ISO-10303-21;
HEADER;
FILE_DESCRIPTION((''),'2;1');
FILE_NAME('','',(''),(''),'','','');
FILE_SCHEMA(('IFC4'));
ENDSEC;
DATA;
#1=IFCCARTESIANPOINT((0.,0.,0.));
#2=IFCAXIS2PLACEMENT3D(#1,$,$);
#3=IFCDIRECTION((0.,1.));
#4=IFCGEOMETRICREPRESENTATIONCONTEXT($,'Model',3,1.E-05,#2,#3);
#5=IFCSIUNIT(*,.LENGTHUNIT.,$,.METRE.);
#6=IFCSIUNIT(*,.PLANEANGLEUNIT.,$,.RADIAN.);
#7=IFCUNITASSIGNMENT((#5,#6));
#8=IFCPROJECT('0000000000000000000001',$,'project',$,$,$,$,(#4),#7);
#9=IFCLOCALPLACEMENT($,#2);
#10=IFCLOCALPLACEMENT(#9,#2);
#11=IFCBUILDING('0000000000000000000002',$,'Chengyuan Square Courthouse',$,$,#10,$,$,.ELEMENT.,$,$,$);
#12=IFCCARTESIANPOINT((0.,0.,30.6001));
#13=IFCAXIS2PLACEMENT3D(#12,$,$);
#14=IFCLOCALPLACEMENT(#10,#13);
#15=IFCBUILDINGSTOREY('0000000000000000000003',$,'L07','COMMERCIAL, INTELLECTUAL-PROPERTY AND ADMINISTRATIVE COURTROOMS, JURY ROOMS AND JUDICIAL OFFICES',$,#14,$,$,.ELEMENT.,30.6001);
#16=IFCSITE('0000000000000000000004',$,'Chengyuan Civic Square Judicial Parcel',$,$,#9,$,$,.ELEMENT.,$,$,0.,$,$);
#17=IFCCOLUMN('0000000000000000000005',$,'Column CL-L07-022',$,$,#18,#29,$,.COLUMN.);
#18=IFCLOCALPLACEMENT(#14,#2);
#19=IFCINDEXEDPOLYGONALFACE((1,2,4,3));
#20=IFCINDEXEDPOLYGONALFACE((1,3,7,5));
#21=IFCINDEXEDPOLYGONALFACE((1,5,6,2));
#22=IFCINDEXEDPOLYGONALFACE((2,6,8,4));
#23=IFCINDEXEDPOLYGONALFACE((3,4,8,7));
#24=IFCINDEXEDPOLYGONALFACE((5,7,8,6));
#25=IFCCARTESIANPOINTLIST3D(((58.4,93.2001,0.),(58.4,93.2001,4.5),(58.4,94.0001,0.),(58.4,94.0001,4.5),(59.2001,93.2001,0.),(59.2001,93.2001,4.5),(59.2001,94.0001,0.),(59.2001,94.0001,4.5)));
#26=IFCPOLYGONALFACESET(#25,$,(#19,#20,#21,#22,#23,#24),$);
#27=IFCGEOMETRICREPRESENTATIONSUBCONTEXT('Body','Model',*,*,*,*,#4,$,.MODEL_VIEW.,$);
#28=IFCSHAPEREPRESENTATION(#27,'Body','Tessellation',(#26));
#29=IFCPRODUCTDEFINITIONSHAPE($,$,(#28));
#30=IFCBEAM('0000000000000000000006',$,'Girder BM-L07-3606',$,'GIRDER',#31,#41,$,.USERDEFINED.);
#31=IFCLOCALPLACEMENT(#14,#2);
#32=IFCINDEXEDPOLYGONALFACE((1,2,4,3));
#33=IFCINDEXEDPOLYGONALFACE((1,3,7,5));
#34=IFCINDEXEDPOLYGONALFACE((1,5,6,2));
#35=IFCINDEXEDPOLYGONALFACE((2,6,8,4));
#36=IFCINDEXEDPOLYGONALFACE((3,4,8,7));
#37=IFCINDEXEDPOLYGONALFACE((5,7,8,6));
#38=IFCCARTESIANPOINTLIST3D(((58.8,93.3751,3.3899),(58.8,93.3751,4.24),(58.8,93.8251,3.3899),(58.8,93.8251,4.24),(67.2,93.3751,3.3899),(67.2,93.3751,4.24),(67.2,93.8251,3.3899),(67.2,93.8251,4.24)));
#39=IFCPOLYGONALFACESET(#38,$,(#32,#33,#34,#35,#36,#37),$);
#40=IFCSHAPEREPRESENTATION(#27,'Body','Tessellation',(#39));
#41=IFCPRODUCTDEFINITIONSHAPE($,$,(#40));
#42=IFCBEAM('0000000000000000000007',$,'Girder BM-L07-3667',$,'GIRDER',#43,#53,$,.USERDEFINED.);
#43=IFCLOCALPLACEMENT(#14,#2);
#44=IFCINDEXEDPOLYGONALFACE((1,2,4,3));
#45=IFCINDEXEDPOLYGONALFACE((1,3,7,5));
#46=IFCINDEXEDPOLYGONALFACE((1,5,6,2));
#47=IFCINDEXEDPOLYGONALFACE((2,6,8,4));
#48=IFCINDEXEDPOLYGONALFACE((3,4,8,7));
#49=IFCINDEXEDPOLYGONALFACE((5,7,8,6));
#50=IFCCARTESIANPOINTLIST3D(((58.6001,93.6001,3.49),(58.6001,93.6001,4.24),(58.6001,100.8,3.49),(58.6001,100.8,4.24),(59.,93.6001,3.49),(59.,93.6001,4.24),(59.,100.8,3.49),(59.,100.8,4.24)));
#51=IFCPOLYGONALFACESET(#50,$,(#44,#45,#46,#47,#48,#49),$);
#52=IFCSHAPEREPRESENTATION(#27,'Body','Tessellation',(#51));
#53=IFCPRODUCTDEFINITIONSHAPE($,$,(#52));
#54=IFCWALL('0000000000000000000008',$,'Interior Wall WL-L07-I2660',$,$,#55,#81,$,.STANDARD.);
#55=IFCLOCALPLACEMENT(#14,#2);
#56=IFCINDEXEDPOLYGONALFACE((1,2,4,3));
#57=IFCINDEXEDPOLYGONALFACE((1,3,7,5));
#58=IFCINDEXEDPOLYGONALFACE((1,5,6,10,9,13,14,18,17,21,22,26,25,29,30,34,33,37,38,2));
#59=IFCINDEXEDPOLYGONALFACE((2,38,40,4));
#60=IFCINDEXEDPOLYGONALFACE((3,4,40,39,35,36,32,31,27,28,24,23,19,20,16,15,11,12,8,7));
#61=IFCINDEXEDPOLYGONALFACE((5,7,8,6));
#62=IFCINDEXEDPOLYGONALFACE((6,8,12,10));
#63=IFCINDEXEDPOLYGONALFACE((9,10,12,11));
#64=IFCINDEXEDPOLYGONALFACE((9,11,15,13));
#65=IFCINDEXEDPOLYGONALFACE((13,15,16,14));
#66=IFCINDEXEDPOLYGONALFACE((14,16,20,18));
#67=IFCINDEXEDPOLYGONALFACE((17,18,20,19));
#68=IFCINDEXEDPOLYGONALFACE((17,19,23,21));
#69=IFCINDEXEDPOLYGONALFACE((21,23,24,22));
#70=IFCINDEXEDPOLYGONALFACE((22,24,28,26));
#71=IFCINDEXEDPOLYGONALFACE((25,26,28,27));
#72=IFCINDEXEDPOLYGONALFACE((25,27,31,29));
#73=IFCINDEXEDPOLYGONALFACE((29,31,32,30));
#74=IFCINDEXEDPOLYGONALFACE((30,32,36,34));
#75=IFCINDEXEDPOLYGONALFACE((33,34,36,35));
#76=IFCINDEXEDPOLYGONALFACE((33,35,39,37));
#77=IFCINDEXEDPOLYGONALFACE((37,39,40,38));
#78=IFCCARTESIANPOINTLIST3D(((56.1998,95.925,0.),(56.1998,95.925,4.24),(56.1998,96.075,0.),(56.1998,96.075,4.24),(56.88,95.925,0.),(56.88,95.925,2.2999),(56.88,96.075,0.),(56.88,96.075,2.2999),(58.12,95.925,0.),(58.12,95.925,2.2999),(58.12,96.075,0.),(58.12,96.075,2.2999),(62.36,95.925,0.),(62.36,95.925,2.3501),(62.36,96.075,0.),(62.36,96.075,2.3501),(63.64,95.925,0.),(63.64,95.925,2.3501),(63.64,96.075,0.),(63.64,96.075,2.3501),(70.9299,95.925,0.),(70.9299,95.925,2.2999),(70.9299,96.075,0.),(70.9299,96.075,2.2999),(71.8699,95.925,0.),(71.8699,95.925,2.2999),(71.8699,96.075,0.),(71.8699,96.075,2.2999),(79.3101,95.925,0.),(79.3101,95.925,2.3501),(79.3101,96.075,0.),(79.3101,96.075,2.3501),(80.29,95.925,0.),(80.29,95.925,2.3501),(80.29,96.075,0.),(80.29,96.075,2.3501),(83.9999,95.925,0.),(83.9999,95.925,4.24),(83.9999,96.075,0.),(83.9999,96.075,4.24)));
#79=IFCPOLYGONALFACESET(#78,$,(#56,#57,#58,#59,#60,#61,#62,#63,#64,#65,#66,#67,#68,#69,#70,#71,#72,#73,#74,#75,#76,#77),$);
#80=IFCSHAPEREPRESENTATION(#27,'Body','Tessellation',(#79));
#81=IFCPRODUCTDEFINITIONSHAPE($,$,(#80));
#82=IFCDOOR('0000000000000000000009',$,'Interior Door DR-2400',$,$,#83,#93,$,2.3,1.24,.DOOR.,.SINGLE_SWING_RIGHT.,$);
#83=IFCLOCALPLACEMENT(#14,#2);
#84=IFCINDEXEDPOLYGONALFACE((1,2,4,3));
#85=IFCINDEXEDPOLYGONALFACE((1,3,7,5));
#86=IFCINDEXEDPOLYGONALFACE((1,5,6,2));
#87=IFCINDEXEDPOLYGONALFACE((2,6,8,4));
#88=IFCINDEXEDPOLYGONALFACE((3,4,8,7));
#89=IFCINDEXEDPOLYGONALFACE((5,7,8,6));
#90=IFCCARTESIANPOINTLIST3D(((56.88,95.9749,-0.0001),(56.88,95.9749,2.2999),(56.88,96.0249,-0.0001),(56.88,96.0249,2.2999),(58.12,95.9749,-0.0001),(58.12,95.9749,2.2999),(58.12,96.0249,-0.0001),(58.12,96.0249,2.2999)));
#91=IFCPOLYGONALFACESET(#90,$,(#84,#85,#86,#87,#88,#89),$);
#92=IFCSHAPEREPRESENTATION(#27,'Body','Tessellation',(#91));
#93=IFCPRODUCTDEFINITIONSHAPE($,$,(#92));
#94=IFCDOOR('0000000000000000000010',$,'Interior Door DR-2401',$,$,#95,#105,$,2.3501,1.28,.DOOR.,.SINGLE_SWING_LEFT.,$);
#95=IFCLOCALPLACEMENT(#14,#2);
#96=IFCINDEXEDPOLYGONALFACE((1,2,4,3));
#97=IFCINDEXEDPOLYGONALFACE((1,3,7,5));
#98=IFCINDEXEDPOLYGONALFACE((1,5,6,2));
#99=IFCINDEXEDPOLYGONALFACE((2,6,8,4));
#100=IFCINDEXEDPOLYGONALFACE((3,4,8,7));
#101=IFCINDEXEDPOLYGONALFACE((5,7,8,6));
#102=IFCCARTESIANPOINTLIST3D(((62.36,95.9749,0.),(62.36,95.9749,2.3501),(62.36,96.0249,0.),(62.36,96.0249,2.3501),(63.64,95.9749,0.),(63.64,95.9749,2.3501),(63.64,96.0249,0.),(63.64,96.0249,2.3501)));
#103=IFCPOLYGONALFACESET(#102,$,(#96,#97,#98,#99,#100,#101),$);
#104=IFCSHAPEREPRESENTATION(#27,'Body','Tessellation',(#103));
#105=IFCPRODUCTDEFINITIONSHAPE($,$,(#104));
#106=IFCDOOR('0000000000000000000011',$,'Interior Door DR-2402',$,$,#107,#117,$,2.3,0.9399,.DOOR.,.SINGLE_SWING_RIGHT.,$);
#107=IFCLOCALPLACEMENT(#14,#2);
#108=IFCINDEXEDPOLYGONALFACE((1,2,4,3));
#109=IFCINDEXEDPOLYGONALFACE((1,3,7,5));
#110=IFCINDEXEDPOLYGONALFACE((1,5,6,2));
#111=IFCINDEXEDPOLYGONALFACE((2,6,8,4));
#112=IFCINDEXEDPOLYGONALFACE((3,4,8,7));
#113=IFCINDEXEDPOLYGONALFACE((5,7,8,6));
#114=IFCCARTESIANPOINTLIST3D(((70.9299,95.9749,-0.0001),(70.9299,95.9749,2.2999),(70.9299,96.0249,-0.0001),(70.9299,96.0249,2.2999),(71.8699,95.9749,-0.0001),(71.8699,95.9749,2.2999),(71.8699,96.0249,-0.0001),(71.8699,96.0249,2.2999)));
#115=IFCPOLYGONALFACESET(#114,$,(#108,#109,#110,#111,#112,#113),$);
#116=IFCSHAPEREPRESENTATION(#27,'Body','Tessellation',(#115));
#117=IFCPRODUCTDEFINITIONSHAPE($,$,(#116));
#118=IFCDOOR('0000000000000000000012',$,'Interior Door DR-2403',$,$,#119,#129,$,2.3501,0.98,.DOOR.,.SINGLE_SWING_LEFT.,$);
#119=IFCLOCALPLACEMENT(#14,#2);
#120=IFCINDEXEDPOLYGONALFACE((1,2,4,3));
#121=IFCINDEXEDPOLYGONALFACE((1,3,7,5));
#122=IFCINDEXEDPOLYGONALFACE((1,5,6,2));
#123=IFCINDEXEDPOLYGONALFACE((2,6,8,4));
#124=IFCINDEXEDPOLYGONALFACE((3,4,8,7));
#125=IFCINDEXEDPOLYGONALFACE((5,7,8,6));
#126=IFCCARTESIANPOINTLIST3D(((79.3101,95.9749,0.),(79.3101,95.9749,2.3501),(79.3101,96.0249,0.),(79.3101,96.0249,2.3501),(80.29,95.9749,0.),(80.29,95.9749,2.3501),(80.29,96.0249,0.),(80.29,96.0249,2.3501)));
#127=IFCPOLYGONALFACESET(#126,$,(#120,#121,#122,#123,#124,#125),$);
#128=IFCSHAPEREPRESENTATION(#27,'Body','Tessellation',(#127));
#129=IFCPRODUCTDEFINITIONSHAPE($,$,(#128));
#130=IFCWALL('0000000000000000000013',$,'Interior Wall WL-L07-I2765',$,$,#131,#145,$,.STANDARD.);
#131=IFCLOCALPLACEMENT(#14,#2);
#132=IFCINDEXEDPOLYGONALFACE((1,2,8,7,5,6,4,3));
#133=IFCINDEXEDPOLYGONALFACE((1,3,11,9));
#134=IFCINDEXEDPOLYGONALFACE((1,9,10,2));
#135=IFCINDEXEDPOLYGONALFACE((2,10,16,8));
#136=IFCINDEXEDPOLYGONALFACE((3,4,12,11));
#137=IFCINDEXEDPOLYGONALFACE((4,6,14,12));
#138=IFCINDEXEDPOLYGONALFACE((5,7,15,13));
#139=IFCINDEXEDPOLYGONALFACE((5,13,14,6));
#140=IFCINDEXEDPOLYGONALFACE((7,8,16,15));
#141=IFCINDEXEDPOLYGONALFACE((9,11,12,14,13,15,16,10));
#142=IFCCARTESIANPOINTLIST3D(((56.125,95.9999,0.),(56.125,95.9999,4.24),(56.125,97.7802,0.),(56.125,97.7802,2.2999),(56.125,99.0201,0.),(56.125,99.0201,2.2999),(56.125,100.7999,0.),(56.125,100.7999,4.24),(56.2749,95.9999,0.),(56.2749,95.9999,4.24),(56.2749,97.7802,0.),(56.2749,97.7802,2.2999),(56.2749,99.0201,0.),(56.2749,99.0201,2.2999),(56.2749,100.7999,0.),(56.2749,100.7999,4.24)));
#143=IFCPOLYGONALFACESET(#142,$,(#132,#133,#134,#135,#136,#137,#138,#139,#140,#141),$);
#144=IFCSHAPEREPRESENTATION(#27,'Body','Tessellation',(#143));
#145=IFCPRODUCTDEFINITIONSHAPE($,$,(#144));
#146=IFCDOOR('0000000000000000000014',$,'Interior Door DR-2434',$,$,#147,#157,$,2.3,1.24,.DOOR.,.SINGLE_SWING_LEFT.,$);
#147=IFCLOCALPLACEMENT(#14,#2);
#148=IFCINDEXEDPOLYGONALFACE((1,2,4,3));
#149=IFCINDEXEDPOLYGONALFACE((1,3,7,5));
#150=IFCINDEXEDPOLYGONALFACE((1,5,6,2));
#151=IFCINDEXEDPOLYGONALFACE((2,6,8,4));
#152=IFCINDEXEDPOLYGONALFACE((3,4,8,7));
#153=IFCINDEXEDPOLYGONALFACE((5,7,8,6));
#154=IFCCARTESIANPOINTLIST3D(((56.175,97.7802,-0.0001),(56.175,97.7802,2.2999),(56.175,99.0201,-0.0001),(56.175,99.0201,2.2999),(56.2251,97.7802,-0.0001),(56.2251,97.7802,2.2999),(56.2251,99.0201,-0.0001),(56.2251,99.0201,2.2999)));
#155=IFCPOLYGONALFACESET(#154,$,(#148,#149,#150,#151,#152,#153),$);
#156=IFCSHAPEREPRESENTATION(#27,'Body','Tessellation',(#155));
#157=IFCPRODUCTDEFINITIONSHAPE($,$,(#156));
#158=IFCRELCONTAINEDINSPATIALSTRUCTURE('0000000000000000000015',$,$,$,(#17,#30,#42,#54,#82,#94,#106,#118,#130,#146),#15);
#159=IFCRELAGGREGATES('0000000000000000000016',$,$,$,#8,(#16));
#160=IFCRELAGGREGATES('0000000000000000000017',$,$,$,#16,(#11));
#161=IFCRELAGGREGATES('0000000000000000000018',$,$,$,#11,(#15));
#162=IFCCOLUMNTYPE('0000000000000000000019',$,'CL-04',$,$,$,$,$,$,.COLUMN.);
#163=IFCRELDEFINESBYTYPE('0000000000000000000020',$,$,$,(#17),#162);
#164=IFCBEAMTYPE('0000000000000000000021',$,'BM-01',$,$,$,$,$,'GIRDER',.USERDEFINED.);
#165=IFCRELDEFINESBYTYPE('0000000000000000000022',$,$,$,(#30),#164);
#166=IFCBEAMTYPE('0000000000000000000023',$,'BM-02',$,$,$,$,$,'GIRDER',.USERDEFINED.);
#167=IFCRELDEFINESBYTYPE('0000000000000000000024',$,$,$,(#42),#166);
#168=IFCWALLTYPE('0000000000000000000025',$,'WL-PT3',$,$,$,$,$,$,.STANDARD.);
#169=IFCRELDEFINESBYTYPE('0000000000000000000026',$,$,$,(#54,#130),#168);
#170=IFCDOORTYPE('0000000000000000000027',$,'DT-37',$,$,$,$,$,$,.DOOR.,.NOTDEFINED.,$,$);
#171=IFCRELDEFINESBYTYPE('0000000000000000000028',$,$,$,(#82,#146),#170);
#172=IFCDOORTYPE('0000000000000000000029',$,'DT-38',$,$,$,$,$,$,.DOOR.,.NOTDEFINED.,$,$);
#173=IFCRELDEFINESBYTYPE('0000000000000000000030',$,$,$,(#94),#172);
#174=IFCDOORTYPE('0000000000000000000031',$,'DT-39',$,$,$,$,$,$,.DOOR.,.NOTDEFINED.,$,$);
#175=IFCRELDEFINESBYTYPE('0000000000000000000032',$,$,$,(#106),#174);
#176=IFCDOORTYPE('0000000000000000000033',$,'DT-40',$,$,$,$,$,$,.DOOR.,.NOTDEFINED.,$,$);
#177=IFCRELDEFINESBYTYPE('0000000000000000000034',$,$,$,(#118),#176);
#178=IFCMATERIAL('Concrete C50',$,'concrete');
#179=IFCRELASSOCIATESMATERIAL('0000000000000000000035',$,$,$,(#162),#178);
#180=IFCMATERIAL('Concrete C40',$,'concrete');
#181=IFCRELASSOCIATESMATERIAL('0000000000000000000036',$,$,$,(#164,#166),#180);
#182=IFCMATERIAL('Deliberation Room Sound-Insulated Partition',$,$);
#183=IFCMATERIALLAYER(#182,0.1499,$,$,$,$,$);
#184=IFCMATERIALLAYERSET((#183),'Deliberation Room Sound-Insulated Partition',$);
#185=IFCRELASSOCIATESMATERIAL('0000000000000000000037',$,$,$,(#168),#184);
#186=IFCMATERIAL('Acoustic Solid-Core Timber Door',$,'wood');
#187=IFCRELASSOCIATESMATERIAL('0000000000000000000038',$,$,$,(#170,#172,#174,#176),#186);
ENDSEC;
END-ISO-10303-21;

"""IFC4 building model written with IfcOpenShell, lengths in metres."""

from ifc_helpers import new_model, si_unit, direction, frame, frame_2d, origin, origin_2d, place, context, subcontext, project, spatial, rectangle, extrude, material, layer, layer_set, material_profile, profile_set, type_object, element, fill, save


model = new_model("IFC4")

# Units and contexts
model_context = context("Model", 3, precision=1e-05, world=origin(), true_north=direction((0.0, 1.0)))
body_context = subcontext(model_context, "Body", "Model", "MODEL_VIEW")
ifc_project = project(units=[si_unit("LENGTHUNIT", "METRE"), si_unit("PLANEANGLEUNIT", "RADIAN")], contexts=[model_context])

# Site, building, storey
site_placement = place(None, origin())
site = spatial("IfcSite", under=ifc_project, at=site_placement, Name="Chengyuan Civic Square Judicial Parcel", CompositionType="ELEMENT", RefElevation=0.0)
building_placement = place(site_placement, origin())
building = spatial("IfcBuilding", under=site, at=building_placement, Name="Chengyuan Square Courthouse", CompositionType="ELEMENT")
storey_placement = place(building_placement, frame((0.0, 0.0, 30.6001)))
storey = spatial("IfcBuildingStorey", under=building, at=storey_placement, Name="L07", Description="COMMERCIAL, INTELLECTUAL-PROPERTY AND ADMINISTRATIVE COURTROOMS, JURY ROOMS AND JUDICIAL OFFICES", CompositionType="ELEMENT", Elevation=30.6001)

# Column
ifc_material_1 = material(Name="Concrete C50", Category="concrete")
ifc_material_profile_1 = material_profile(ifc_material_1, rectangle(XDim=0.8, YDim=0.8, at=origin_2d()), Name="RC-COL-800x800")
ifc_profile_set_1 = profile_set([ifc_material_profile_1], Name="Concrete C50")
column_type = type_object("IfcColumnType", Name="CL-04", PredefinedType="COLUMN", material=ifc_profile_set_1)
column_placement = place(storey_placement, frame((58.8, 93.6001, 0.0), z_axis=(0.0, 0.0, 1.0), x_axis=(1.0, 0.0, 0.0)))
element("IfcColumn", 1, at=column_placement, inside=storey, type_object=column_type, Name="Column CL-L07-022", PredefinedType="COLUMN", context=body_context, shape_type="SweptSolid", body=[
    extrude(rectangle(XDim=0.8, YDim=0.8, at=origin_2d()), origin(), (0.0, 0.0, 1.0), 4.5),
])

# Beams
ifc_material_2 = material(Name="Concrete C40", Category="concrete")
ifc_material_profile_2 = material_profile(ifc_material_2, rectangle(XDim=0.45, YDim=0.8501, at=origin_2d()), Name="RC-BM-450x850")
ifc_profile_set_2 = profile_set([ifc_material_profile_2], Name="Concrete C40")
beam_type_1 = type_object("IfcBeamType", Name="BM-01", ElementType="GIRDER", PredefinedType="USERDEFINED", material=ifc_profile_set_2)
beam_1_placement = place(storey_placement, frame((58.8, 93.6001, 3.8149), z_axis=(1.0, 0.0, 0.0), x_axis=(0.0, 1.0, 0.0)))
element("IfcBeam", 2, at=beam_1_placement, inside=storey, type_object=beam_type_1, Name="Girder BM-L07-3606", ObjectType="GIRDER", PredefinedType="USERDEFINED", context=body_context, shape_type="SweptSolid", body=[
    extrude(rectangle(XDim=0.45, YDim=0.8501, at=origin_2d()), origin(), (0.0, 0.0, 1.0), 8.3999),
])
ifc_material_profile_3 = material_profile(ifc_material_2, rectangle(XDim=0.3999, YDim=0.75, at=origin_2d()), Name="RC-BM-400x750")
ifc_profile_set_3 = profile_set([ifc_material_profile_3], Name="Concrete C40")
beam_type_2 = type_object("IfcBeamType", Name="BM-02", ElementType="GIRDER", PredefinedType="USERDEFINED", material=ifc_profile_set_3)
beam_2_placement = place(storey_placement, frame((58.8, 93.6001, 3.865), z_axis=(0.0, 1.0, 0.0), x_axis=(-1.0, 0.0, 0.0)))
element("IfcBeam", 3, at=beam_2_placement, inside=storey, type_object=beam_type_2, Name="Girder BM-L07-3667", ObjectType="GIRDER", PredefinedType="USERDEFINED", context=body_context, shape_type="SweptSolid", body=[
    extrude(rectangle(XDim=0.3999, YDim=0.75, at=origin_2d()), origin(), (0.0, 0.0, 1.0), 7.2),
])

# Wall, openings, doors
ifc_material_3 = material(Name="Deliberation Room Sound-Insulated Partition")
ifc_layer_1 = layer(ifc_material_3, 0.1499)
ifc_layer_set_1 = layer_set([ifc_layer_1], Name="Deliberation Room Sound-Insulated Partition")
wall_type_1 = type_object("IfcWallType", Name="WL-PT3", PredefinedType="STANDARD", material=ifc_layer_set_1)
wall_1_placement = place(storey_placement, frame((56.2, 96.0, 0.0), z_axis=(0.0, 0.0, 1.0), x_axis=(1.0, 0.0, 0.0)))
wall_1 = element("IfcWall", 4, at=wall_1_placement, inside=storey, type_object=wall_type_1, Name="Interior Wall WL-L07-I2660", PredefinedType="STANDARD", context=body_context, shape_type="SweptSolid", body=[
    extrude(rectangle(XDim=27.8, YDim=0.1499, at=frame_2d((13.8999, 0.0))), origin(), (0.0, 0.0, 1.0), 4.24),
])
opening_1_placement = place(wall_1_placement, frame((0.6799, 0.0, 0.0)))
opening_1 = element("IfcOpeningElement", 5, at=opening_1_placement, cuts=wall_1, PredefinedType="OPENING", context=body_context, shape_type="SweptSolid", body=[
    extrude(rectangle(XDim=1.24, YDim=2.3, at=frame_2d((0.6201, 1.1499))), frame((0.0, 0.0869, 0.0), z_axis=(0.0, -1.0, 0.0), x_axis=(1.0, 0.0, 0.0)), (0.0, 0.0, 1.0), 0.1738),
])
opening_2_placement = place(wall_1_placement, frame((6.1599, 0.0, 0.0)))
opening_2 = element("IfcOpeningElement", 6, at=opening_2_placement, cuts=wall_1, PredefinedType="OPENING", context=body_context, shape_type="SweptSolid", body=[
    extrude(rectangle(XDim=1.28, YDim=2.3501, at=frame_2d((0.6401, 1.175))), frame((0.0, 0.0869, 0.0), z_axis=(0.0, -1.0, 0.0), x_axis=(1.0, 0.0, 0.0)), (0.0, 0.0, 1.0), 0.1738),
])
opening_3_placement = place(wall_1_placement, frame((14.73, 0.0, 0.0)))
opening_3 = element("IfcOpeningElement", 7, at=opening_3_placement, cuts=wall_1, PredefinedType="OPENING", context=body_context, shape_type="SweptSolid", body=[
    extrude(rectangle(XDim=0.9399, YDim=2.3, at=frame_2d((0.47, 1.1499))), frame((0.0, 0.0869, 0.0), z_axis=(0.0, -1.0, 0.0), x_axis=(1.0, 0.0, 0.0)), (0.0, 0.0, 1.0), 0.1738),
])
opening_4_placement = place(wall_1_placement, frame((23.1101, 0.0, 0.0)))
opening_4 = element("IfcOpeningElement", 8, at=opening_4_placement, cuts=wall_1, PredefinedType="OPENING", context=body_context, shape_type="SweptSolid", body=[
    extrude(rectangle(XDim=0.98, YDim=2.3501, at=frame_2d((0.49, 1.175))), frame((0.0, 0.0869, 0.0), z_axis=(0.0, -1.0, 0.0), x_axis=(1.0, 0.0, 0.0)), (0.0, 0.0, 1.0), 0.1738),
])
ifc_material_4 = material(Name="Acoustic Solid-Core Timber Door", Category="wood")
door_type_1 = type_object("IfcDoorType", Name="DT-37", OperationType="NOTDEFINED", PredefinedType="DOOR", material=ifc_material_4)
door_1_placement = place(opening_1_placement, origin())
door_1 = element("IfcDoor", 9, at=door_1_placement, inside=storey, type_object=door_type_1, Name="Interior Door DR-2400", OperationType="SINGLE_SWING_RIGHT", OverallHeight=2.3, OverallWidth=1.24, PredefinedType="DOOR", context=body_context, shape_type="SweptSolid", body=[
    extrude(rectangle(XDim=1.24, YDim=2.3, at=frame_2d((0.6201, 1.1499))), frame((0.0, 0.0249, 0.0), z_axis=(0.0, -1.0, 0.0), x_axis=(1.0, 0.0, 0.0)), (0.0, 0.0, 1.0), 0.05),
])
fill(opening_1, door_1)
door_type_2 = type_object("IfcDoorType", Name="DT-38", OperationType="NOTDEFINED", PredefinedType="DOOR", material=ifc_material_4)
door_2_placement = place(opening_2_placement, origin())
door_2 = element("IfcDoor", 10, at=door_2_placement, inside=storey, type_object=door_type_2, Name="Interior Door DR-2401", OperationType="SINGLE_SWING_LEFT", OverallHeight=2.3501, OverallWidth=1.28, PredefinedType="DOOR", context=body_context, shape_type="SweptSolid", body=[
    extrude(rectangle(XDim=1.28, YDim=2.3501, at=frame_2d((0.6401, 1.175))), frame((0.0, 0.0249, 0.0), z_axis=(0.0, -1.0, 0.0), x_axis=(1.0, 0.0, 0.0)), (0.0, 0.0, 1.0), 0.05),
])
fill(opening_2, door_2)
door_type_3 = type_object("IfcDoorType", Name="DT-39", OperationType="NOTDEFINED", PredefinedType="DOOR", material=ifc_material_4)
door_3_placement = place(opening_3_placement, origin())
door_3 = element("IfcDoor", 11, at=door_3_placement, inside=storey, type_object=door_type_3, Name="Interior Door DR-2402", OperationType="SINGLE_SWING_RIGHT", OverallHeight=2.3, OverallWidth=0.9399, PredefinedType="DOOR", context=body_context, shape_type="SweptSolid", body=[
    extrude(rectangle(XDim=0.9399, YDim=2.3, at=frame_2d((0.47, 1.1499))), frame((0.0, 0.0249, 0.0), z_axis=(0.0, -1.0, 0.0), x_axis=(1.0, 0.0, 0.0)), (0.0, 0.0, 1.0), 0.05),
])
fill(opening_3, door_3)
door_type_4 = type_object("IfcDoorType", Name="DT-40", OperationType="NOTDEFINED", PredefinedType="DOOR", material=ifc_material_4)
door_4_placement = place(opening_4_placement, origin())
door_4 = element("IfcDoor", 12, at=door_4_placement, inside=storey, type_object=door_type_4, Name="Interior Door DR-2403", OperationType="SINGLE_SWING_LEFT", OverallHeight=2.3501, OverallWidth=0.98, PredefinedType="DOOR", context=body_context, shape_type="SweptSolid", body=[
    extrude(rectangle(XDim=0.98, YDim=2.3501, at=frame_2d((0.49, 1.175))), frame((0.0, 0.0249, 0.0), z_axis=(0.0, -1.0, 0.0), x_axis=(1.0, 0.0, 0.0)), (0.0, 0.0, 1.0), 0.05),
])
fill(opening_4, door_4)

# Wall, opening, door
wall_2_placement = place(storey_placement, frame((56.2, 96.0, 0.0), z_axis=(0.0, 0.0, 1.0), x_axis=(0.0, 1.0, 0.0)))
wall_2 = element("IfcWall", 13, at=wall_2_placement, inside=storey, type_object=wall_type_1, Name="Interior Wall WL-L07-I2765", PredefinedType="STANDARD", context=body_context, shape_type="SweptSolid", body=[
    extrude(rectangle(XDim=4.8, YDim=0.1499, at=frame_2d((2.3999, 0.0))), origin(), (0.0, 0.0, 1.0), 4.24),
])
opening_5_placement = place(wall_2_placement, frame((1.78, 0.0, 0.0)))
opening_5 = element("IfcOpeningElement", 14, at=opening_5_placement, cuts=wall_2, PredefinedType="OPENING", context=body_context, shape_type="SweptSolid", body=[
    extrude(rectangle(XDim=1.24, YDim=2.3, at=frame_2d((0.6201, 1.1499))), frame((0.0, 0.0869, 0.0), z_axis=(0.0, -1.0, 0.0), x_axis=(1.0, 0.0, 0.0)), (0.0, 0.0, 1.0), 0.1738),
])
door_5_placement = place(opening_5_placement, origin())
door_5 = element("IfcDoor", 15, at=door_5_placement, inside=storey, type_object=door_type_1, Name="Interior Door DR-2434", OperationType="SINGLE_SWING_LEFT", OverallHeight=2.3, OverallWidth=1.24, PredefinedType="DOOR", context=body_context, shape_type="SweptSolid", body=[
    extrude(rectangle(XDim=1.24, YDim=2.3, at=frame_2d((0.6201, 1.1499))), frame((0.0, 0.0249, 0.0), z_axis=(0.0, -1.0, 0.0), x_axis=(1.0, 0.0, 0.0)), (0.0, 0.0, 1.0), 0.05),
])
fill(opening_5, door_5)

save(model, "model.ifc")
